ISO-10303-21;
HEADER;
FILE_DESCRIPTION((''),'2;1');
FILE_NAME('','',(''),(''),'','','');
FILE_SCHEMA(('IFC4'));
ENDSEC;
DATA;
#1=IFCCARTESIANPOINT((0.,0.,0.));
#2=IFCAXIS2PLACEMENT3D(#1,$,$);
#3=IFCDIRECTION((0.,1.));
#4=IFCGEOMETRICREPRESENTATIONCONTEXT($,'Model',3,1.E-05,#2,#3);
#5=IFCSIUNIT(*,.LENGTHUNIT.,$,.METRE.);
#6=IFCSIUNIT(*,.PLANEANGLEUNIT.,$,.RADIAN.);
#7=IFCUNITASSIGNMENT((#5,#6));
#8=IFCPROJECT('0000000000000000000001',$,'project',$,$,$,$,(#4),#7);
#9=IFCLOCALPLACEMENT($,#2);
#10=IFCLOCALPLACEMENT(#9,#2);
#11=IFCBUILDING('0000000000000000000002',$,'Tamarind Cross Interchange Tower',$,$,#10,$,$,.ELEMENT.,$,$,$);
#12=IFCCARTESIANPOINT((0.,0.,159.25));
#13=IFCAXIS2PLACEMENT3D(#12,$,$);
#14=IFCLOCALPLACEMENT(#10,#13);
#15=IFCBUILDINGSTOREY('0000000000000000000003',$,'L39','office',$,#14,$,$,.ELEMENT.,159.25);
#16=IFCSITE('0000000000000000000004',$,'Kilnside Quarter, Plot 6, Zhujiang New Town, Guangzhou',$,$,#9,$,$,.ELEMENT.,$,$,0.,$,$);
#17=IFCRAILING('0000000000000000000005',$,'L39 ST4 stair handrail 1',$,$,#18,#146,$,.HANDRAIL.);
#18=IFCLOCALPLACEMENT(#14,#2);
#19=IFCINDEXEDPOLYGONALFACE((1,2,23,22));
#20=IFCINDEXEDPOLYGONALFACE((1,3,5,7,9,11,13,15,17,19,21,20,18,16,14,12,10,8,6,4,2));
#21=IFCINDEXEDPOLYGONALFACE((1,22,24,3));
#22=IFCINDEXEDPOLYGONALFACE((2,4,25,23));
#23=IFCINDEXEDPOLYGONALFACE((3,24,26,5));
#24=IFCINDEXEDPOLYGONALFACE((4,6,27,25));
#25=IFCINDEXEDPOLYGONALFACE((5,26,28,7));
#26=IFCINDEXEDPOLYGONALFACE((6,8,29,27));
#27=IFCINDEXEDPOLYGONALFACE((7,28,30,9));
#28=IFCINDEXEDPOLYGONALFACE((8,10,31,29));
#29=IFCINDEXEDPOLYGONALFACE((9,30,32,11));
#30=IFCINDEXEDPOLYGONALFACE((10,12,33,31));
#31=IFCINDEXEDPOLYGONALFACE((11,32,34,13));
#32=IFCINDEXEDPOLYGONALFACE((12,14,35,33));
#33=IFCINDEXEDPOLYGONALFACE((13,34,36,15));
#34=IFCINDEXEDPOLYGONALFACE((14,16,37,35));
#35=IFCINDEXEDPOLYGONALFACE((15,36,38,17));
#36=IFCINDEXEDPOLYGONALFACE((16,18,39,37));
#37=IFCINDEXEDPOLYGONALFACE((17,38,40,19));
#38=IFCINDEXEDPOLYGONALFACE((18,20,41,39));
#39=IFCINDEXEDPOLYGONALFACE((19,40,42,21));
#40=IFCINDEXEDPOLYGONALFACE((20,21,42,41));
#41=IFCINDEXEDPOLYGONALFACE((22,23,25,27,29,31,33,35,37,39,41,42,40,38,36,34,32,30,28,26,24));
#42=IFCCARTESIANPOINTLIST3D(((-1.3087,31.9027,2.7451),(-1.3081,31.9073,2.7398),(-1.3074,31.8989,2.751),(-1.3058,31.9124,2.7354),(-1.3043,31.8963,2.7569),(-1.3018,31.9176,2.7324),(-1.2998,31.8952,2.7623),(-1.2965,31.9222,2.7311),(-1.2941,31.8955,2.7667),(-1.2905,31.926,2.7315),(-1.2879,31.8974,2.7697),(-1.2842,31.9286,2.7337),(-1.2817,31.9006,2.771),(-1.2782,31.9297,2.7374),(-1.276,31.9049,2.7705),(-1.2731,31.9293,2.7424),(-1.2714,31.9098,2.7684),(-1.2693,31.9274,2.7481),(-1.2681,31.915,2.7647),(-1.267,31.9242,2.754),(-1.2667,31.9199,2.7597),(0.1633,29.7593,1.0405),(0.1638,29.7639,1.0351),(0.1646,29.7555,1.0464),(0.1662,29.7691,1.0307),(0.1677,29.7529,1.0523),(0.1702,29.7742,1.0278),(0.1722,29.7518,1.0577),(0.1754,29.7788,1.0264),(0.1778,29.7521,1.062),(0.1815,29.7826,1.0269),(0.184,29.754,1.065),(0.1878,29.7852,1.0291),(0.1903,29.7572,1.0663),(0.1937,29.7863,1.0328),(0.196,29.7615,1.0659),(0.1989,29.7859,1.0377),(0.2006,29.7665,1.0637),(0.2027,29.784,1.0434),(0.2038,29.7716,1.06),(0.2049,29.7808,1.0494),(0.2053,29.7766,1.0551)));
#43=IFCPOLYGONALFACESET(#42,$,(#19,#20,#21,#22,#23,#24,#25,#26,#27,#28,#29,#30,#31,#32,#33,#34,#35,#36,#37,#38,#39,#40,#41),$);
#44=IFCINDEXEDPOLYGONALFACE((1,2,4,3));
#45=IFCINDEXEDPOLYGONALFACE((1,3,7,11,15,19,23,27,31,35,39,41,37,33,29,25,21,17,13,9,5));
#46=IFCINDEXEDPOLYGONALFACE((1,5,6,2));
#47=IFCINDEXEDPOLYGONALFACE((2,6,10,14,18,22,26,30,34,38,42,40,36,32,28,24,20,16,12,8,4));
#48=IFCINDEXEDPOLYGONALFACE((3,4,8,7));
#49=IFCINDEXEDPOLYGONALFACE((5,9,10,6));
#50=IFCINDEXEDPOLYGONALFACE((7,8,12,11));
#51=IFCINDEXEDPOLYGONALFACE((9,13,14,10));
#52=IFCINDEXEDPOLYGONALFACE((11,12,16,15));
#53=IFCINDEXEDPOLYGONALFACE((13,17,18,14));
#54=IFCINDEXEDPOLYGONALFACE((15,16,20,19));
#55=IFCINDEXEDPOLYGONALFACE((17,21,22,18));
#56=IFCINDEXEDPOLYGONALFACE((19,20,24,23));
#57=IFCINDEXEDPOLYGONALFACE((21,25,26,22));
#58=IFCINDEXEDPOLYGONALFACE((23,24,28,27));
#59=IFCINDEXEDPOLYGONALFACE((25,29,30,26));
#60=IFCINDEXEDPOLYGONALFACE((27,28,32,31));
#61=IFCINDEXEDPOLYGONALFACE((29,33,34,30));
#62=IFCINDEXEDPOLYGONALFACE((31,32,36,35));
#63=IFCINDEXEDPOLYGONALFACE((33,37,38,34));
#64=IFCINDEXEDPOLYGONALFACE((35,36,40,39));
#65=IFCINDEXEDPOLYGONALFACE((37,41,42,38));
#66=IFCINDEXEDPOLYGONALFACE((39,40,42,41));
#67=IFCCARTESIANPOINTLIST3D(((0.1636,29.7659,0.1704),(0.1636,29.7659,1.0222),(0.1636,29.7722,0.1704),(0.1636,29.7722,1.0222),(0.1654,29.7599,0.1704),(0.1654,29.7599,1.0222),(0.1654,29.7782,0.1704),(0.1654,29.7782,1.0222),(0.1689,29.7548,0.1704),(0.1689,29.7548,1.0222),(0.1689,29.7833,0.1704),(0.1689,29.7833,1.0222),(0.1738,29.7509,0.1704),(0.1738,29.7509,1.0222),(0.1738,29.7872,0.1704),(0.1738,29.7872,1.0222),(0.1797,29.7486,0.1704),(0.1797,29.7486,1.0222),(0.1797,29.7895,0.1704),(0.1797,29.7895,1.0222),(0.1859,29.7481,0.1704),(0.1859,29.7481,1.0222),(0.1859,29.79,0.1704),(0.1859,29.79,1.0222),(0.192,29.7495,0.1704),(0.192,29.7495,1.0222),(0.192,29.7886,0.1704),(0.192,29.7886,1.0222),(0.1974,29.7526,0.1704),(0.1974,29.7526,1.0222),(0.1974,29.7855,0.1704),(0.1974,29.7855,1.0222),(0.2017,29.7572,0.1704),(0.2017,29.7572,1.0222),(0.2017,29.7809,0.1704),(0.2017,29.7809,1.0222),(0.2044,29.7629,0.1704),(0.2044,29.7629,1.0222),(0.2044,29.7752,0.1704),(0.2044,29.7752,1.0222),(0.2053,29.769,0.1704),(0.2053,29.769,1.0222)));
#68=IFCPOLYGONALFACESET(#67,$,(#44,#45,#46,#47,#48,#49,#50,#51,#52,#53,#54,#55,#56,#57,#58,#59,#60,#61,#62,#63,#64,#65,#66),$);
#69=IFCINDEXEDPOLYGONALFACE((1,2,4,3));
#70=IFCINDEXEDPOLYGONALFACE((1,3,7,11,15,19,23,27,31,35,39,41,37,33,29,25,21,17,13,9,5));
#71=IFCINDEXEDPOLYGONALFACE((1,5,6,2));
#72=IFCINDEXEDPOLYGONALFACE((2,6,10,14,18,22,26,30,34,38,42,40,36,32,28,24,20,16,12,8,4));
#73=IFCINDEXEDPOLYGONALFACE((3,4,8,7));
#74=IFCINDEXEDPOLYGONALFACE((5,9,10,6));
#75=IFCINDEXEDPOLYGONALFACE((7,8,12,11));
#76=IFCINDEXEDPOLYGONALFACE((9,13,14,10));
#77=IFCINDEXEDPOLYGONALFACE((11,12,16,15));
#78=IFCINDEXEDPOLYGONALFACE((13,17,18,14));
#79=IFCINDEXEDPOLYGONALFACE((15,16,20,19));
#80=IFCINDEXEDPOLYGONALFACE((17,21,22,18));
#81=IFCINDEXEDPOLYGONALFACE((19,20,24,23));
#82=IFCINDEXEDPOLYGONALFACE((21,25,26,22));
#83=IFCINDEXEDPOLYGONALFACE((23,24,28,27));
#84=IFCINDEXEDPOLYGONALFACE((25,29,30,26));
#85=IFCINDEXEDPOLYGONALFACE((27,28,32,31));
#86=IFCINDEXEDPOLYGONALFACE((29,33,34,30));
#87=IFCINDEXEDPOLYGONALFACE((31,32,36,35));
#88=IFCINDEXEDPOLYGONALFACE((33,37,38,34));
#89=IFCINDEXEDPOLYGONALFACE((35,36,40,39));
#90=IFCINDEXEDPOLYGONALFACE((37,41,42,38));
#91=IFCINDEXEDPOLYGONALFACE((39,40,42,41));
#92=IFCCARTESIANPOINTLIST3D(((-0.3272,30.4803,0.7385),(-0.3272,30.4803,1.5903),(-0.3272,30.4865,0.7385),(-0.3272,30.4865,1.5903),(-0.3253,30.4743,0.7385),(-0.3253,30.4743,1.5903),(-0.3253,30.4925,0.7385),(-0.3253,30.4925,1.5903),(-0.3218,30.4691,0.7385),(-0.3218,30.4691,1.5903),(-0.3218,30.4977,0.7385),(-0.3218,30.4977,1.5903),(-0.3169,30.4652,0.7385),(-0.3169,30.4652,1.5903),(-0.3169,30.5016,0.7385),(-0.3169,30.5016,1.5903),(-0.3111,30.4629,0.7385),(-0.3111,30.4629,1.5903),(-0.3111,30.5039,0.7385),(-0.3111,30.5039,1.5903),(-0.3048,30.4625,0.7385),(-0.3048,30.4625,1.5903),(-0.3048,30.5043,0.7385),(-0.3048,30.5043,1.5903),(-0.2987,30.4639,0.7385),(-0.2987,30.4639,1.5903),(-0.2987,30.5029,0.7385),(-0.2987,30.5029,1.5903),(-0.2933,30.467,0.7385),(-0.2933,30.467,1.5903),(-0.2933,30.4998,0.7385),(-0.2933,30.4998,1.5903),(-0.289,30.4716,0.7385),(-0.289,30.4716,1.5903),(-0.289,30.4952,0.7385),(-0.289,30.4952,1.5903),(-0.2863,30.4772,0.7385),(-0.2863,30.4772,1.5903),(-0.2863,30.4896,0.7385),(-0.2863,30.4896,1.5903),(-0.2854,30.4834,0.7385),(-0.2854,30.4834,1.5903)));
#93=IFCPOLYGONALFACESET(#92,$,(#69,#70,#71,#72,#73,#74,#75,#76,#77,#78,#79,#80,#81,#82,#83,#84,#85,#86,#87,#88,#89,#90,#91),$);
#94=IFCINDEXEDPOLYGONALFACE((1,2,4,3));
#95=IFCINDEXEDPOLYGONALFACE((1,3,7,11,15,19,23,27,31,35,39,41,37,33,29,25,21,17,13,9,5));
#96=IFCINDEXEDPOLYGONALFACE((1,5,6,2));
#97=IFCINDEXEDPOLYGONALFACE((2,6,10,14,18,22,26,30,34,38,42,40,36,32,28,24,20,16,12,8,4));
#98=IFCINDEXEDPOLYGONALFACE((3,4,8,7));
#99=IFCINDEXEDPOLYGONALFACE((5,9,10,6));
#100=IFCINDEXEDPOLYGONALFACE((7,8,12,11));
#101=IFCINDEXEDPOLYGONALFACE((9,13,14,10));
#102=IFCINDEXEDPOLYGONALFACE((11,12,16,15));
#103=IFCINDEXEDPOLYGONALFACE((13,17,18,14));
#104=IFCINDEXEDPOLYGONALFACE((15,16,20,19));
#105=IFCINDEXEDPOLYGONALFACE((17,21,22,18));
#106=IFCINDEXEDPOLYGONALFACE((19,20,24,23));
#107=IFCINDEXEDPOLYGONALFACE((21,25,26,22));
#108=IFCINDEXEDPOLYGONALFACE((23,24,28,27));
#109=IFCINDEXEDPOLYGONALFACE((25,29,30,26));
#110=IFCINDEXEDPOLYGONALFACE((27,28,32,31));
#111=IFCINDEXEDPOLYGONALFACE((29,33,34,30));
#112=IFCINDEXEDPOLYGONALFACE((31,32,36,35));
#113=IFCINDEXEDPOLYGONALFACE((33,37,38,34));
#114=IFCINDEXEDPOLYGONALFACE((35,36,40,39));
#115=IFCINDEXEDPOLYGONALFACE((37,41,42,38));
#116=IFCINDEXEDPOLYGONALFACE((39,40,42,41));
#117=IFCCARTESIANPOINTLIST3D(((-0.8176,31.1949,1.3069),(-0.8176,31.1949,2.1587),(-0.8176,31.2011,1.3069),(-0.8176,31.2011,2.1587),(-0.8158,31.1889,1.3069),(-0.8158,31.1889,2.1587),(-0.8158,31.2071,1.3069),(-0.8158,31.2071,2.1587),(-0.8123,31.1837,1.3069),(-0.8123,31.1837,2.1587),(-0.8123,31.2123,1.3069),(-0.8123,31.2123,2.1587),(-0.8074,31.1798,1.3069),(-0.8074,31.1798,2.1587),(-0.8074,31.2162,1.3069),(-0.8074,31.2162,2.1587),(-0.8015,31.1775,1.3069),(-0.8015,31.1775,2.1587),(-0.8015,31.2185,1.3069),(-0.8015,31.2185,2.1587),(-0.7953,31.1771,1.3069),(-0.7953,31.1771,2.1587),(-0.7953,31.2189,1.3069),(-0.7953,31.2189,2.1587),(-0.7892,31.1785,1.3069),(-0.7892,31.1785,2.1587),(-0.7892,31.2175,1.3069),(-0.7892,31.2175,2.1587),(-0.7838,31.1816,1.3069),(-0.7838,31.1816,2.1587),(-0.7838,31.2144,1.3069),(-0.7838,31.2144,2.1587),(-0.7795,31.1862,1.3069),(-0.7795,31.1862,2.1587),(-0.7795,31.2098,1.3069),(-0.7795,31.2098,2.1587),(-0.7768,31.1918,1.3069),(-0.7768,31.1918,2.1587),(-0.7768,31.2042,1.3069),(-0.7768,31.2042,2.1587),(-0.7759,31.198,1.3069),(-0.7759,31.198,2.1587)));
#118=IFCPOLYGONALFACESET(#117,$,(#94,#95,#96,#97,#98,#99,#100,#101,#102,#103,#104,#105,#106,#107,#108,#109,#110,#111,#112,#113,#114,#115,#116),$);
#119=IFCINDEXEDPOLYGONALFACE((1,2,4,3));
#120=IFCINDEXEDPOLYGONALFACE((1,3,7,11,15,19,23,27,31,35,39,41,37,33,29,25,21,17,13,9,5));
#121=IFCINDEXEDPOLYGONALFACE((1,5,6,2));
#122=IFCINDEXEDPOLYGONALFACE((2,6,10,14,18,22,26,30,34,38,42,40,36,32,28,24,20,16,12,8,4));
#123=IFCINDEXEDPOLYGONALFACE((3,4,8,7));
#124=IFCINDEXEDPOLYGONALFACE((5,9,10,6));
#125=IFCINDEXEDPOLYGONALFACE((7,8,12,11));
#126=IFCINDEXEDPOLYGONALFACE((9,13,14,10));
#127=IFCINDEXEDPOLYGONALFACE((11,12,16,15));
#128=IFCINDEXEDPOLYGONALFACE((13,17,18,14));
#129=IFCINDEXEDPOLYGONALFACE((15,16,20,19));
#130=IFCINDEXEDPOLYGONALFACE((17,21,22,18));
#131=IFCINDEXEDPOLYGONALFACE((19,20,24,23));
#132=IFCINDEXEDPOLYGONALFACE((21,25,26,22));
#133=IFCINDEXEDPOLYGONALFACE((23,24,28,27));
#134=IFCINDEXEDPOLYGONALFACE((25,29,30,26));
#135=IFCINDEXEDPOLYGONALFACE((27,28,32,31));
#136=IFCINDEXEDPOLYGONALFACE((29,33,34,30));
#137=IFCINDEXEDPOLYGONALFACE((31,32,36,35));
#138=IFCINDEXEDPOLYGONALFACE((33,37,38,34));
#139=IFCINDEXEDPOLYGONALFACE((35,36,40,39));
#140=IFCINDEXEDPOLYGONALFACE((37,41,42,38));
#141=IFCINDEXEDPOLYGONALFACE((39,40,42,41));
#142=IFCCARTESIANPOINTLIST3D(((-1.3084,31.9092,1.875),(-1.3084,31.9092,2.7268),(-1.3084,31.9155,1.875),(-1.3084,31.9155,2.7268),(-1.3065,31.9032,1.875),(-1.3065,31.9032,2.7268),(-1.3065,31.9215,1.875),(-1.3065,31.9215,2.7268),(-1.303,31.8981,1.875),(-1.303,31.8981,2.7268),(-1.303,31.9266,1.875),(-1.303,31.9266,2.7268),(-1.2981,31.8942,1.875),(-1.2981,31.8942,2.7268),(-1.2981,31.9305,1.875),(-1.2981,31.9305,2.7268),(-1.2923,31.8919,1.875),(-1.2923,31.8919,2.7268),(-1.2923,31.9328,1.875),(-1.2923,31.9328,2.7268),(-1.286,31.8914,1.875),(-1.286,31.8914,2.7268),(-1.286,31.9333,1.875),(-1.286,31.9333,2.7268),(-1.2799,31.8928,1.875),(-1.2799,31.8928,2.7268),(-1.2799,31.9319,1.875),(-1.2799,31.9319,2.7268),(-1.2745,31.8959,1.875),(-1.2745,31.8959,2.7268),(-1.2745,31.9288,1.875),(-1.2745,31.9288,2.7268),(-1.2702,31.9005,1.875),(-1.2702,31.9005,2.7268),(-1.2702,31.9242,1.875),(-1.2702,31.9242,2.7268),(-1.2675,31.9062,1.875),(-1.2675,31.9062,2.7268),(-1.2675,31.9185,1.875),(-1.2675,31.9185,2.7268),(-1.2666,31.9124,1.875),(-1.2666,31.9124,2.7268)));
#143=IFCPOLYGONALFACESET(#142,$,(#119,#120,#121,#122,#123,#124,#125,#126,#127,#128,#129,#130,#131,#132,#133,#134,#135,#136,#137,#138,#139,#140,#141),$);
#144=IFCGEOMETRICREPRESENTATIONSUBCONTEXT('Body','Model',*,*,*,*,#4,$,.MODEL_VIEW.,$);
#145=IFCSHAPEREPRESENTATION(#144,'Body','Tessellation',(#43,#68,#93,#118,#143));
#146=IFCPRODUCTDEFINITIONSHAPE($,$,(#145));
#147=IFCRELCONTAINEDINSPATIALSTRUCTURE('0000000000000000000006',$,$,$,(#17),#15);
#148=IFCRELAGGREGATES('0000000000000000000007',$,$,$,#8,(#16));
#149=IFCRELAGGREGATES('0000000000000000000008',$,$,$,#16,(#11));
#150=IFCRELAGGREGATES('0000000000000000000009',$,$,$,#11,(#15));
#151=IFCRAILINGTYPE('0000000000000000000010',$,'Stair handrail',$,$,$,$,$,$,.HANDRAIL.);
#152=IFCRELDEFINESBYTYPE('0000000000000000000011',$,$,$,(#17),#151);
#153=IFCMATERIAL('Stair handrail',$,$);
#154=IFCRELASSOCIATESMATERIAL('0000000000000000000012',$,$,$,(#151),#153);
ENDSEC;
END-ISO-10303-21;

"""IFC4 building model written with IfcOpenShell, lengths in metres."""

from ifc_helpers import new_model, si_unit, direction, frame, origin, origin_2d, place, context, subcontext, project, spatial, circle, extrude, material, type_object, element, save


model = new_model("IFC4")

# Units and contexts
model_context = context("Model", 3, precision=1e-05, world=origin(), true_north=direction((0.0, 1.0)))
body_context = subcontext(model_context, "Body", "Model", "MODEL_VIEW")
ifc_project = project(units=[si_unit("LENGTHUNIT", "METRE"), si_unit("PLANEANGLEUNIT", "RADIAN")], contexts=[model_context])

# Site, building, storey
site_placement = place(None, origin())
site = spatial("IfcSite", under=ifc_project, at=site_placement, Name="Kilnside Quarter, Plot 6, Zhujiang New Town, Guangzhou", CompositionType="ELEMENT", RefElevation=0.0)
building_placement = place(site_placement, origin())
building = spatial("IfcBuilding", under=site, at=building_placement, Name="Tamarind Cross Interchange Tower", CompositionType="ELEMENT")
storey_placement = place(building_placement, frame((0.0, 0.0, 159.25)))
storey = spatial("IfcBuildingStorey", under=building, at=storey_placement, Name="L39", Description="office", CompositionType="ELEMENT", Elevation=159.25)

# Railing
ifc_material_1 = material(Name="Stair handrail")
railing_type = type_object("IfcRailingType", Name="Stair handrail", PredefinedType="HANDRAIL", material=ifc_material_1)
railing_placement = place(storey_placement, frame((0.1843, 29.769, 0.1704)))
element("IfcRailing", 1, at=railing_placement, inside=storey, type_object=railing_type, Name="L39 ST4 stair handrail 1", PredefinedType="HANDRAIL", context=body_context, shape_type="SweptSolid", body=[
    extrude(circle(Radius=0.0239, at=origin_2d()), frame((0.0, 0.0, 0.876), z_axis=(-0.473438, 0.689386, 0.548274), x_axis=(-0.824329, -0.56611, 0.0)), (0.0, 0.0, 1.0), 3.1091),
    extrude(circle(Radius=0.021, at=origin_2d()), origin(), (0.0, 0.0, 1.0), 0.8518),
    extrude(circle(Radius=0.021, at=origin_2d()), frame((-0.4907, 0.7144, 0.5681)), (0.0, 0.0, 1.0), 0.8518),
    extrude(circle(Radius=0.021, at=origin_2d()), frame((-0.9812, 1.429, 1.1365)), (0.0, 0.0, 1.0), 0.8518),
    extrude(circle(Radius=0.021, at=origin_2d()), frame((-1.4719, 2.1433, 1.7046)), (0.0, 0.0, 1.0), 0.8518),
])

save(model, "model.ifc")
